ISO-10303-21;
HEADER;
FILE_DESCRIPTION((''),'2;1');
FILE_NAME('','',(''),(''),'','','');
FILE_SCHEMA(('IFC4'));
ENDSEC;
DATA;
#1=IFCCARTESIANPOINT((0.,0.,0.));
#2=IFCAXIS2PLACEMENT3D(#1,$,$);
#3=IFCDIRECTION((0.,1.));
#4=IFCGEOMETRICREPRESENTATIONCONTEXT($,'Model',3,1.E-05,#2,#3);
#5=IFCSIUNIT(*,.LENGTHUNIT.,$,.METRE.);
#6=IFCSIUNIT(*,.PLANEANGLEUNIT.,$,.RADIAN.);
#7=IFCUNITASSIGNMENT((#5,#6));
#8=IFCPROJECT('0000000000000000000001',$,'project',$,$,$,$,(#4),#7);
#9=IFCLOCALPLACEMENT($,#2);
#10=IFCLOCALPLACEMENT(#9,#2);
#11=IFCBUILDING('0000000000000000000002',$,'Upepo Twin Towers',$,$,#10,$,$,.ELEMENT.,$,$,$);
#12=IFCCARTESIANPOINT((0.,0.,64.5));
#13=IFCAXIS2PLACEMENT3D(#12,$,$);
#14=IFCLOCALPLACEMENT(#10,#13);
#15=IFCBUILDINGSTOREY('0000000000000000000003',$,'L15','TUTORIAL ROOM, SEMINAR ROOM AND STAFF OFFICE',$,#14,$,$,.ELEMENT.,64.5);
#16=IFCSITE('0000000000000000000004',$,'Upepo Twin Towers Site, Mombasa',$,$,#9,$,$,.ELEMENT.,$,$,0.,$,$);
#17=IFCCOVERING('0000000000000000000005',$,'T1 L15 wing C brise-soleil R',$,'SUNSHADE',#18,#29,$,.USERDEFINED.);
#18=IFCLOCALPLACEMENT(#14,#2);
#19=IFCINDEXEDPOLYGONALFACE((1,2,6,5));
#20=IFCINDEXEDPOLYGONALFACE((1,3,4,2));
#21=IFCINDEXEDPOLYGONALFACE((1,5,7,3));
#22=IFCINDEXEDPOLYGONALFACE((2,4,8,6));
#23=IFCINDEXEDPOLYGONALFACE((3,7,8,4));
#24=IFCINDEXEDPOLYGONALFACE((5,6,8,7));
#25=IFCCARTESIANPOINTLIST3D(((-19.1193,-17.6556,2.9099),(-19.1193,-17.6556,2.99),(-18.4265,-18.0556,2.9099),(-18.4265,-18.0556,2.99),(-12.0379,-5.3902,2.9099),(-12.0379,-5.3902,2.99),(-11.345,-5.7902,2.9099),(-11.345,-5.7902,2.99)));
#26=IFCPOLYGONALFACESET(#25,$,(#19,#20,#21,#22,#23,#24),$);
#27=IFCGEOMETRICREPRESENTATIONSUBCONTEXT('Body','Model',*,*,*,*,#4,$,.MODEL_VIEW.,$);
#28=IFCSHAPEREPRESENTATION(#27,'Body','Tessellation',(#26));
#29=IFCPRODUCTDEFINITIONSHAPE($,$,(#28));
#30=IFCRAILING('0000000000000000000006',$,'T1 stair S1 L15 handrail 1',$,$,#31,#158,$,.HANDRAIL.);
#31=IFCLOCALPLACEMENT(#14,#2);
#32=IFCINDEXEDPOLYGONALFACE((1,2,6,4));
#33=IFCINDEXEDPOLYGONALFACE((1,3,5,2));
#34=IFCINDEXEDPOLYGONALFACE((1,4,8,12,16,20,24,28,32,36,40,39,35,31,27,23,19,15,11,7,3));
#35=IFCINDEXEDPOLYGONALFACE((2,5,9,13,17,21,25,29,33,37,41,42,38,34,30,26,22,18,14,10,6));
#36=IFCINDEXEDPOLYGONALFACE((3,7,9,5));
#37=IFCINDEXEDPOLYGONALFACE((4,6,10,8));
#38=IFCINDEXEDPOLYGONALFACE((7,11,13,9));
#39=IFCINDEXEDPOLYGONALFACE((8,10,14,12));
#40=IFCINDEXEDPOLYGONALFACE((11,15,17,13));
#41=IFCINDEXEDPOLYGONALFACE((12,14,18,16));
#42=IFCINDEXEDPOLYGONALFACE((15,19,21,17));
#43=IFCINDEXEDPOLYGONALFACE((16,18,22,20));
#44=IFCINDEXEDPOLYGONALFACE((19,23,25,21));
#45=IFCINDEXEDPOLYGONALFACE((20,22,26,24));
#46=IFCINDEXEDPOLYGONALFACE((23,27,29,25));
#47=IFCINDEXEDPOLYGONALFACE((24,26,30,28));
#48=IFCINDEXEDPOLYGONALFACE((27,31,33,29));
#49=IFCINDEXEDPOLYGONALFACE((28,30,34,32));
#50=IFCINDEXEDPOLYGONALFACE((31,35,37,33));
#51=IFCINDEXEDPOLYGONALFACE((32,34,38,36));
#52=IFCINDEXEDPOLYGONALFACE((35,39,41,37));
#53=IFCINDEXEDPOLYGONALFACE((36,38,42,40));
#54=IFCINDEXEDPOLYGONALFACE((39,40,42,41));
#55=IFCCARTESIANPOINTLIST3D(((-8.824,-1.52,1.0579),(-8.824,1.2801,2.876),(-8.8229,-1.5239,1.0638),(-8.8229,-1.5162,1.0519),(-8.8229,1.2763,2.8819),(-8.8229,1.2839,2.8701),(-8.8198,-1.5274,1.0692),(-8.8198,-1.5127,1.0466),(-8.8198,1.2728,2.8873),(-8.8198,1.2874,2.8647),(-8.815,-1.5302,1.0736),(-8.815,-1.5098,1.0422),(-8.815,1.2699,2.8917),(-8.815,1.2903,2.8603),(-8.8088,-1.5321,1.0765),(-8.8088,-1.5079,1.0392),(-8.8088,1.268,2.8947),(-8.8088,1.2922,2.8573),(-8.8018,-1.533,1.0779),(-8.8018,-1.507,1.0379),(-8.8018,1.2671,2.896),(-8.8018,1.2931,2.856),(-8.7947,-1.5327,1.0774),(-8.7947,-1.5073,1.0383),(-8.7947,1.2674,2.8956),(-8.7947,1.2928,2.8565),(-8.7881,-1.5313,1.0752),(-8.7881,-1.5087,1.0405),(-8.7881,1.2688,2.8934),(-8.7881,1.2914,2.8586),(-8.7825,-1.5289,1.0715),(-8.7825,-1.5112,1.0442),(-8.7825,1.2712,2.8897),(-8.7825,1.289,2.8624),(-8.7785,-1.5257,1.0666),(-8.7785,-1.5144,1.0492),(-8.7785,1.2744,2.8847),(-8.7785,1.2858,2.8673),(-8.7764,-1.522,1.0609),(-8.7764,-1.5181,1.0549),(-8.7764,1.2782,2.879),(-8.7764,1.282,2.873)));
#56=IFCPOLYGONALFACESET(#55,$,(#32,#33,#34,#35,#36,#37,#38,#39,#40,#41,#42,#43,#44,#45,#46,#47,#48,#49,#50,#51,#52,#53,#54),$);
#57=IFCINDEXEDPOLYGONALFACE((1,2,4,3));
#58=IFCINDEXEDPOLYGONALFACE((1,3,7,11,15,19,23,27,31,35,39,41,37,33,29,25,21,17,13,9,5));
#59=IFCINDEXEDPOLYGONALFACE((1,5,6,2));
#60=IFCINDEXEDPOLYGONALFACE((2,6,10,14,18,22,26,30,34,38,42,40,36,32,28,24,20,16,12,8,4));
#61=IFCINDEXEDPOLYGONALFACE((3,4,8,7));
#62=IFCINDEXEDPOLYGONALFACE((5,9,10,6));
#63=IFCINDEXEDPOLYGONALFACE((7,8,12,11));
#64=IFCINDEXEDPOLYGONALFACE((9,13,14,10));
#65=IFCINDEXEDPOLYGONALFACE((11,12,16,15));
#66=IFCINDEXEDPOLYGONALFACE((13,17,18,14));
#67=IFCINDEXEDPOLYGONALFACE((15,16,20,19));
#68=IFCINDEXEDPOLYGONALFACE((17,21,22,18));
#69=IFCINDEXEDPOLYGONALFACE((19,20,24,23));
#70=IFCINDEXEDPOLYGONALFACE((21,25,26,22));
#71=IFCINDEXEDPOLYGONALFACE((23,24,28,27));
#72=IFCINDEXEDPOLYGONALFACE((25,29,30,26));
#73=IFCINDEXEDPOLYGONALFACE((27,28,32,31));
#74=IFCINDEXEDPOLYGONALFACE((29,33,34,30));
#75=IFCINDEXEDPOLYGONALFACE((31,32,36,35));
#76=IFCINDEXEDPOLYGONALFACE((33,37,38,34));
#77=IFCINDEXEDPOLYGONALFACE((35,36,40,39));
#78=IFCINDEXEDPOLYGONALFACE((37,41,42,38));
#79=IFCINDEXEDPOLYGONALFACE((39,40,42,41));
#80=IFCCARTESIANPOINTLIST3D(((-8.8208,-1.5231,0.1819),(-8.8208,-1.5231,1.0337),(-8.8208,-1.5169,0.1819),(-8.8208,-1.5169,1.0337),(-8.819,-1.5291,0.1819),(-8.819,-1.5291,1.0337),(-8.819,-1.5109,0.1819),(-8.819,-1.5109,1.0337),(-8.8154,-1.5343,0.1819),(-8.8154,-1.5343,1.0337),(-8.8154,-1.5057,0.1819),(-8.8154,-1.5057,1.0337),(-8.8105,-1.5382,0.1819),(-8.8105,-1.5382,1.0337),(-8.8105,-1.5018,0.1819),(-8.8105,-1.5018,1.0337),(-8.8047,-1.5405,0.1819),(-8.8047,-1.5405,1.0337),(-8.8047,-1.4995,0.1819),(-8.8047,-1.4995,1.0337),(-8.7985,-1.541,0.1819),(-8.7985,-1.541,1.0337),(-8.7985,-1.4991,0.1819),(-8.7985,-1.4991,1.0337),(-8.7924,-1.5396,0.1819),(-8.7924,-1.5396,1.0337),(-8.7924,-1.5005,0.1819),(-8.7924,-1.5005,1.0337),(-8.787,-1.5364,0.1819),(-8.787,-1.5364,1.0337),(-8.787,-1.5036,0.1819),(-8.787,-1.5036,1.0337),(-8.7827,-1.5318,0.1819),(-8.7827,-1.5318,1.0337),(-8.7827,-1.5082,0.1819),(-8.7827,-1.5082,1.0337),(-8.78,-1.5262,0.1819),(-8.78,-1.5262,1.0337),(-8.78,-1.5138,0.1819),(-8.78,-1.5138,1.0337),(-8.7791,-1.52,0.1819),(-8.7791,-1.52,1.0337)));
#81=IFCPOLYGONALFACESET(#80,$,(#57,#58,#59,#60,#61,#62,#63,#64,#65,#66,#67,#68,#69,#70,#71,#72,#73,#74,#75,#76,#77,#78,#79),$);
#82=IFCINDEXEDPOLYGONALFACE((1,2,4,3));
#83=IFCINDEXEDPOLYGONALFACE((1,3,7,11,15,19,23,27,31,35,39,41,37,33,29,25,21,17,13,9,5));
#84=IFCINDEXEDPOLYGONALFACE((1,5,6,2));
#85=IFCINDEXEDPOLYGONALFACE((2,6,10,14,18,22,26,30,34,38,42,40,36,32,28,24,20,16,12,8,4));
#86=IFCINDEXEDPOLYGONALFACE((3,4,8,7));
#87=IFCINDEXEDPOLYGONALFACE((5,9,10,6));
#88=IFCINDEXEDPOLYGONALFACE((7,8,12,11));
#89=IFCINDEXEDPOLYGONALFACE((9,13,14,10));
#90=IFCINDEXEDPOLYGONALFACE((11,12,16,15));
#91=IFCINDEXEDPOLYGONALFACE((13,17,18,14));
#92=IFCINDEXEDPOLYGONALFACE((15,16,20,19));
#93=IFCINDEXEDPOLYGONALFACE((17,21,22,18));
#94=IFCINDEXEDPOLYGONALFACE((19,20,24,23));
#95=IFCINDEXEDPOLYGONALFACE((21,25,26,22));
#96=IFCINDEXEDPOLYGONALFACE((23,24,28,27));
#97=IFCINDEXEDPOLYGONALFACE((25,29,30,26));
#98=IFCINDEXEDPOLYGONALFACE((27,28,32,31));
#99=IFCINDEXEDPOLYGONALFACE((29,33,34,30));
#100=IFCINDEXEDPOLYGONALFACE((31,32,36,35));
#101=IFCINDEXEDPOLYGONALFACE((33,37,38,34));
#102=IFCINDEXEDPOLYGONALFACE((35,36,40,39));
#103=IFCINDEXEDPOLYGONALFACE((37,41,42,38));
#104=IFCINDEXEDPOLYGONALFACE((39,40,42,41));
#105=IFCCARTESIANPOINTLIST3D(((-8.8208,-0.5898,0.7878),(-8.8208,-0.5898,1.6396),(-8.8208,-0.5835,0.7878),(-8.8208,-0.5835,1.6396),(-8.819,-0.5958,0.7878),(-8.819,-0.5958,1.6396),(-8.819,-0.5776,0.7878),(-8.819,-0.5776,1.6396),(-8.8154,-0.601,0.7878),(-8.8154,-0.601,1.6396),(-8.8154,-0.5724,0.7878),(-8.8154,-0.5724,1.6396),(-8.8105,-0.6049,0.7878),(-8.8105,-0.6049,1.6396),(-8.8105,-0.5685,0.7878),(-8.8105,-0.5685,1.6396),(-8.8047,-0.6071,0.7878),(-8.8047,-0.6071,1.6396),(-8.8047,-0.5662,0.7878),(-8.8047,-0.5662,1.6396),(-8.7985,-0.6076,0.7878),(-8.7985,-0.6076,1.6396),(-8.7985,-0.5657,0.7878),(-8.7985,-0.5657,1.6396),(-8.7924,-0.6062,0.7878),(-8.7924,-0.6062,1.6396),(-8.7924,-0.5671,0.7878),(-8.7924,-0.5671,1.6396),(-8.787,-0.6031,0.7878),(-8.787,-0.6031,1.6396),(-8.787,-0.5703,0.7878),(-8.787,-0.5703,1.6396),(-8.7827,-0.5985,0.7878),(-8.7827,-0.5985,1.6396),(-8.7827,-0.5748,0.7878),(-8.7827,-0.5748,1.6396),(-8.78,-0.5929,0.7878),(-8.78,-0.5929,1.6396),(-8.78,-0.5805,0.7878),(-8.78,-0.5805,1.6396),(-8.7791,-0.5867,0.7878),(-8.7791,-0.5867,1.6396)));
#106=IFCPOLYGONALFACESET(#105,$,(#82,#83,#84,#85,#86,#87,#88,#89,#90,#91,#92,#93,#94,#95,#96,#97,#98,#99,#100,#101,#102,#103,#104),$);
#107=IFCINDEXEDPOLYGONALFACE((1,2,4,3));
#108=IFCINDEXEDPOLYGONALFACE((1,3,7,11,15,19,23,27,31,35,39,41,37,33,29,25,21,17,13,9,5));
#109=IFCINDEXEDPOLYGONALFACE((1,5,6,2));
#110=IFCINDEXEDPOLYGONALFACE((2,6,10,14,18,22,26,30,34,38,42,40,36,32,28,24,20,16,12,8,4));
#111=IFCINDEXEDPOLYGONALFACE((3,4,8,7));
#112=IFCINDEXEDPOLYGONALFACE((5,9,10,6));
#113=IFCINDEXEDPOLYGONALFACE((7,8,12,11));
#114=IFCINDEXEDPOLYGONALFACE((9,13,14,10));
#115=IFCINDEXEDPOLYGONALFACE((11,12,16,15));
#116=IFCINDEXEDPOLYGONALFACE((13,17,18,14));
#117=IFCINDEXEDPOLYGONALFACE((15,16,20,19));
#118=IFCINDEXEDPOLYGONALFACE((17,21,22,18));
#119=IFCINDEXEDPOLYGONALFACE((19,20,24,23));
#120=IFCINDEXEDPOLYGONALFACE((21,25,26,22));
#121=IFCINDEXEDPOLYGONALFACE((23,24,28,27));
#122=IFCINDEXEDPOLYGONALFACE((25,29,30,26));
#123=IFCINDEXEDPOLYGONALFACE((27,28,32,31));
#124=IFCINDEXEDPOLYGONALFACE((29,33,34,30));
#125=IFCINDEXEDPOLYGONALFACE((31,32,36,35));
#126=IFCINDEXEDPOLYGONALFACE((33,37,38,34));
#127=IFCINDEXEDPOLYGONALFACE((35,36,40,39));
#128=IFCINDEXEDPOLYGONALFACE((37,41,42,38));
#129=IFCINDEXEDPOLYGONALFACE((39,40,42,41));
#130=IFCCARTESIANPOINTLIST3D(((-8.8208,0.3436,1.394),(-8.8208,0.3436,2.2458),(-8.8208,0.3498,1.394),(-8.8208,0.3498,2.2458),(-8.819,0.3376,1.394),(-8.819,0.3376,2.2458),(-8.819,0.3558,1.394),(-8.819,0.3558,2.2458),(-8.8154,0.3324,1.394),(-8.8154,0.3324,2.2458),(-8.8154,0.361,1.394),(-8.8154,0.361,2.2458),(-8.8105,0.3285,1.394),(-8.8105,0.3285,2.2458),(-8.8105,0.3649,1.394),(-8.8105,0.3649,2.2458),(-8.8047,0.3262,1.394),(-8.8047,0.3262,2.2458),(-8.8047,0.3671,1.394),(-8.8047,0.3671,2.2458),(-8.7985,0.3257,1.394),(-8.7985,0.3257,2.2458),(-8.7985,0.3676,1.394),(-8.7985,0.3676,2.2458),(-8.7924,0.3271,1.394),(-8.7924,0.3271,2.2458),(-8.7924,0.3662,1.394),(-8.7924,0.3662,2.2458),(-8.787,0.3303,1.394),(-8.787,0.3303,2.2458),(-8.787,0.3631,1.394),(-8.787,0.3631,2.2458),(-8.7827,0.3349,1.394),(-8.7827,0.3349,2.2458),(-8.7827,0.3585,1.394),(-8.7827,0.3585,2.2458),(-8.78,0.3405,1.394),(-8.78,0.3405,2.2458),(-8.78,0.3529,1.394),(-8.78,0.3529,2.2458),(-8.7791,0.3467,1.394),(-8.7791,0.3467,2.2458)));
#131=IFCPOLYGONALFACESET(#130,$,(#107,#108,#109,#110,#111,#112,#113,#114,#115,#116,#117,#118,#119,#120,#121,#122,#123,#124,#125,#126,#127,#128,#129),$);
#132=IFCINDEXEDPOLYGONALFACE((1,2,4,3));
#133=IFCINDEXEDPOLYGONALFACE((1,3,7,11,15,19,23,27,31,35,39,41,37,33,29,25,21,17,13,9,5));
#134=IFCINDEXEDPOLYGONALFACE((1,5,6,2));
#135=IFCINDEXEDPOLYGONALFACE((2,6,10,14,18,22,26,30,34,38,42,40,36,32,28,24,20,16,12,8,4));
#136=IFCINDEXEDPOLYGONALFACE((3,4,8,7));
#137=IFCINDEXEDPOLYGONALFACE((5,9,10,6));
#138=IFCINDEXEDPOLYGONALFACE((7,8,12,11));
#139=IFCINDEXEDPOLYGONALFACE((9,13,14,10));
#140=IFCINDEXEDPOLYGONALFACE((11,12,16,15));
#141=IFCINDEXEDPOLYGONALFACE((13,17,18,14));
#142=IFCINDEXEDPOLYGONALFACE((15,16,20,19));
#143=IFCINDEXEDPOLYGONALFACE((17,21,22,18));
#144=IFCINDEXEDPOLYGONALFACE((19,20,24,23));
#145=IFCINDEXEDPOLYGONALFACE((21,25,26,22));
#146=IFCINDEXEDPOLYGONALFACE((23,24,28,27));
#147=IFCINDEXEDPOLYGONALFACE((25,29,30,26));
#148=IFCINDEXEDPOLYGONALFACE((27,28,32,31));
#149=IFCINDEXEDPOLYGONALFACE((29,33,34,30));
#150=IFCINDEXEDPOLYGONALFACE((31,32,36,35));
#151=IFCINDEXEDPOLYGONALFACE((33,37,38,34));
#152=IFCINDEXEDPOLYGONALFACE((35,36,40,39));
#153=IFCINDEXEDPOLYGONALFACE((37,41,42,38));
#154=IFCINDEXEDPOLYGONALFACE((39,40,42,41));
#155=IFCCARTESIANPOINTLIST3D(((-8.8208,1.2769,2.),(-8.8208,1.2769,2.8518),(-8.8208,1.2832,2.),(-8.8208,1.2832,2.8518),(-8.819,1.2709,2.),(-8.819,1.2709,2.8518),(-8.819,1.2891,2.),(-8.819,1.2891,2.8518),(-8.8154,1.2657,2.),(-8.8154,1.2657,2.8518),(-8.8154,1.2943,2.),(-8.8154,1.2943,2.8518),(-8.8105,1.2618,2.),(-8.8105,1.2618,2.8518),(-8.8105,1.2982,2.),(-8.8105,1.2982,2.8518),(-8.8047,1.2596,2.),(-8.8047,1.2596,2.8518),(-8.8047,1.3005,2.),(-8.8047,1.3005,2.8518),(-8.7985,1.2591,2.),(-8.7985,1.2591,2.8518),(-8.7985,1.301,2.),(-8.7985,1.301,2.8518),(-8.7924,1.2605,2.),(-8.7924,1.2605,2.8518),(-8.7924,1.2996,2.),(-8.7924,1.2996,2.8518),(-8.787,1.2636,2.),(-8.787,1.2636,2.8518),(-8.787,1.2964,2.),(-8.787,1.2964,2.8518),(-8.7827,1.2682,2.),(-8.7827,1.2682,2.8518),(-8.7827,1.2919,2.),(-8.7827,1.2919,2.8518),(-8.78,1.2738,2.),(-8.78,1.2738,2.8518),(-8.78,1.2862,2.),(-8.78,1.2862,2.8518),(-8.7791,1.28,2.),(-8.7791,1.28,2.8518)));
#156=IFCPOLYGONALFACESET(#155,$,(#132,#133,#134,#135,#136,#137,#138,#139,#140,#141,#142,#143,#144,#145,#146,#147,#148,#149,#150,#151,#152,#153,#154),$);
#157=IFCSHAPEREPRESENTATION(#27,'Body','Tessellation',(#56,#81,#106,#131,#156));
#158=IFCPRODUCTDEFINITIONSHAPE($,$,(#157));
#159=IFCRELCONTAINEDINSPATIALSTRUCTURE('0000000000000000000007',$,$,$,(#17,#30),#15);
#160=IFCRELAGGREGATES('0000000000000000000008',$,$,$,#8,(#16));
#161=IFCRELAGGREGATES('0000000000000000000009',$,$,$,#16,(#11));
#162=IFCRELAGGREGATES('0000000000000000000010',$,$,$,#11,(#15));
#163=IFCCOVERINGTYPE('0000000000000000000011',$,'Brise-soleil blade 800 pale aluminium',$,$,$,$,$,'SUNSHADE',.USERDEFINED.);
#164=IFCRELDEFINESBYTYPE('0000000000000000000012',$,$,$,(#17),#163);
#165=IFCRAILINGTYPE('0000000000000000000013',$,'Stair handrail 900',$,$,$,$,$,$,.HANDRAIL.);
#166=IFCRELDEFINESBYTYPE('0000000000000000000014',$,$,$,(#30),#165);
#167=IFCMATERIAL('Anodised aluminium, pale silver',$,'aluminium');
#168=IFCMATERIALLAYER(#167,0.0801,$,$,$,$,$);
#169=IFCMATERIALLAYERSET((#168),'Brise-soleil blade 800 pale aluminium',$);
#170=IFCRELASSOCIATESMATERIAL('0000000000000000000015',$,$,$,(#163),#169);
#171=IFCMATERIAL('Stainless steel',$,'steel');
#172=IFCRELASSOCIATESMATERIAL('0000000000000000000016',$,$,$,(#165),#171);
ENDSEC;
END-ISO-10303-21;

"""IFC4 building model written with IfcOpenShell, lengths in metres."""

from ifc_helpers import new_model, si_unit, direction, frame, origin, origin_2d, place, context, subcontext, project, spatial, rectangle, circle, extrude, material, layer, layer_set, type_object, element, save


model = new_model("IFC4")

# Units and contexts
model_context = context("Model", 3, precision=1e-05, world=origin(), true_north=direction((0.0, 1.0)))
body_context = subcontext(model_context, "Body", "Model", "MODEL_VIEW")
ifc_project = project(units=[si_unit("LENGTHUNIT", "METRE"), si_unit("PLANEANGLEUNIT", "RADIAN")], contexts=[model_context])

# Site, building, storey
site_placement = place(None, origin())
site = spatial("IfcSite", under=ifc_project, at=site_placement, Name="Upepo Twin Towers Site, Mombasa", CompositionType="ELEMENT", RefElevation=0.0)
building_placement = place(site_placement, origin())
building = spatial("IfcBuilding", under=site, at=building_placement, Name="Upepo Twin Towers", CompositionType="ELEMENT")
storey_placement = place(building_placement, frame((0.0, 0.0, 64.5)))
storey = spatial("IfcBuildingStorey", under=building, at=storey_placement, Name="L15", Description="TUTORIAL ROOM, SEMINAR ROOM AND STAFF OFFICE", CompositionType="ELEMENT", Elevation=64.5)

# Covering
ifc_material_1 = material(Name="Anodised aluminium, pale silver", Category="aluminium")
ifc_layer_1 = layer(ifc_material_1, 0.0801)
ifc_layer_set_1 = layer_set([ifc_layer_1], Name="Brise-soleil blade 800 pale aluminium")
covering_type = type_object("IfcCoveringType", Name="Brise-soleil blade 800 pale aluminium", ElementType="SUNSHADE", PredefinedType="USERDEFINED", material=ifc_layer_set_1)
covering_placement = place(storey_placement, frame((-15.2322, -11.7229, 2.9099), z_axis=(0.0, 0.0, 1.0), x_axis=(-0.5, -0.866025, 0.0)))
element("IfcCovering", 1, at=covering_placement, inside=storey, type_object=covering_type, Name="T1 L15 wing C brise-soleil R", ObjectType="SUNSHADE", PredefinedType="USERDEFINED", context=body_context, shape_type="SweptSolid", body=[
    extrude(rectangle(XDim=14.1628, YDim=0.8, at=origin_2d()), origin(), (0.0, 0.0, 1.0), 0.0801),
])

# Railing
ifc_material_2 = material(Name="Stainless steel", Category="steel")
railing_type = type_object("IfcRailingType", Name="Stair handrail 900", PredefinedType="HANDRAIL", material=ifc_material_2)
railing_placement = place(storey_placement, frame((-8.8, -1.52, 0.1819)))
element("IfcRailing", 2, at=railing_placement, inside=storey, type_object=railing_type, Name="T1 stair S1 L15 handrail 1", PredefinedType="HANDRAIL", context=body_context, shape_type="SweptSolid", body=[
    extrude(circle(Radius=0.0239, at=origin_2d()), frame((0.0, 0.0, 0.876), z_axis=(0.0, 0.838706, 0.544585), x_axis=(-1.0, 0.0, 0.0)), (0.0, 0.0, 1.0), 3.3386),
    extrude(circle(Radius=0.021, at=origin_2d()), origin(), (0.0, 0.0, 1.0), 0.8518),
    extrude(circle(Radius=0.021, at=origin_2d()), frame((0.0, 0.9333, 0.606)), (0.0, 0.0, 1.0), 0.8518),
    extrude(circle(Radius=0.021, at=origin_2d()), frame((0.0, 1.8667, 1.2122)), (0.0, 0.0, 1.0), 0.8518),
    extrude(circle(Radius=0.021, at=origin_2d()), frame((0.0, 2.8, 1.8181)), (0.0, 0.0, 1.0), 0.8518),
])

save(model, "model.ifc")
